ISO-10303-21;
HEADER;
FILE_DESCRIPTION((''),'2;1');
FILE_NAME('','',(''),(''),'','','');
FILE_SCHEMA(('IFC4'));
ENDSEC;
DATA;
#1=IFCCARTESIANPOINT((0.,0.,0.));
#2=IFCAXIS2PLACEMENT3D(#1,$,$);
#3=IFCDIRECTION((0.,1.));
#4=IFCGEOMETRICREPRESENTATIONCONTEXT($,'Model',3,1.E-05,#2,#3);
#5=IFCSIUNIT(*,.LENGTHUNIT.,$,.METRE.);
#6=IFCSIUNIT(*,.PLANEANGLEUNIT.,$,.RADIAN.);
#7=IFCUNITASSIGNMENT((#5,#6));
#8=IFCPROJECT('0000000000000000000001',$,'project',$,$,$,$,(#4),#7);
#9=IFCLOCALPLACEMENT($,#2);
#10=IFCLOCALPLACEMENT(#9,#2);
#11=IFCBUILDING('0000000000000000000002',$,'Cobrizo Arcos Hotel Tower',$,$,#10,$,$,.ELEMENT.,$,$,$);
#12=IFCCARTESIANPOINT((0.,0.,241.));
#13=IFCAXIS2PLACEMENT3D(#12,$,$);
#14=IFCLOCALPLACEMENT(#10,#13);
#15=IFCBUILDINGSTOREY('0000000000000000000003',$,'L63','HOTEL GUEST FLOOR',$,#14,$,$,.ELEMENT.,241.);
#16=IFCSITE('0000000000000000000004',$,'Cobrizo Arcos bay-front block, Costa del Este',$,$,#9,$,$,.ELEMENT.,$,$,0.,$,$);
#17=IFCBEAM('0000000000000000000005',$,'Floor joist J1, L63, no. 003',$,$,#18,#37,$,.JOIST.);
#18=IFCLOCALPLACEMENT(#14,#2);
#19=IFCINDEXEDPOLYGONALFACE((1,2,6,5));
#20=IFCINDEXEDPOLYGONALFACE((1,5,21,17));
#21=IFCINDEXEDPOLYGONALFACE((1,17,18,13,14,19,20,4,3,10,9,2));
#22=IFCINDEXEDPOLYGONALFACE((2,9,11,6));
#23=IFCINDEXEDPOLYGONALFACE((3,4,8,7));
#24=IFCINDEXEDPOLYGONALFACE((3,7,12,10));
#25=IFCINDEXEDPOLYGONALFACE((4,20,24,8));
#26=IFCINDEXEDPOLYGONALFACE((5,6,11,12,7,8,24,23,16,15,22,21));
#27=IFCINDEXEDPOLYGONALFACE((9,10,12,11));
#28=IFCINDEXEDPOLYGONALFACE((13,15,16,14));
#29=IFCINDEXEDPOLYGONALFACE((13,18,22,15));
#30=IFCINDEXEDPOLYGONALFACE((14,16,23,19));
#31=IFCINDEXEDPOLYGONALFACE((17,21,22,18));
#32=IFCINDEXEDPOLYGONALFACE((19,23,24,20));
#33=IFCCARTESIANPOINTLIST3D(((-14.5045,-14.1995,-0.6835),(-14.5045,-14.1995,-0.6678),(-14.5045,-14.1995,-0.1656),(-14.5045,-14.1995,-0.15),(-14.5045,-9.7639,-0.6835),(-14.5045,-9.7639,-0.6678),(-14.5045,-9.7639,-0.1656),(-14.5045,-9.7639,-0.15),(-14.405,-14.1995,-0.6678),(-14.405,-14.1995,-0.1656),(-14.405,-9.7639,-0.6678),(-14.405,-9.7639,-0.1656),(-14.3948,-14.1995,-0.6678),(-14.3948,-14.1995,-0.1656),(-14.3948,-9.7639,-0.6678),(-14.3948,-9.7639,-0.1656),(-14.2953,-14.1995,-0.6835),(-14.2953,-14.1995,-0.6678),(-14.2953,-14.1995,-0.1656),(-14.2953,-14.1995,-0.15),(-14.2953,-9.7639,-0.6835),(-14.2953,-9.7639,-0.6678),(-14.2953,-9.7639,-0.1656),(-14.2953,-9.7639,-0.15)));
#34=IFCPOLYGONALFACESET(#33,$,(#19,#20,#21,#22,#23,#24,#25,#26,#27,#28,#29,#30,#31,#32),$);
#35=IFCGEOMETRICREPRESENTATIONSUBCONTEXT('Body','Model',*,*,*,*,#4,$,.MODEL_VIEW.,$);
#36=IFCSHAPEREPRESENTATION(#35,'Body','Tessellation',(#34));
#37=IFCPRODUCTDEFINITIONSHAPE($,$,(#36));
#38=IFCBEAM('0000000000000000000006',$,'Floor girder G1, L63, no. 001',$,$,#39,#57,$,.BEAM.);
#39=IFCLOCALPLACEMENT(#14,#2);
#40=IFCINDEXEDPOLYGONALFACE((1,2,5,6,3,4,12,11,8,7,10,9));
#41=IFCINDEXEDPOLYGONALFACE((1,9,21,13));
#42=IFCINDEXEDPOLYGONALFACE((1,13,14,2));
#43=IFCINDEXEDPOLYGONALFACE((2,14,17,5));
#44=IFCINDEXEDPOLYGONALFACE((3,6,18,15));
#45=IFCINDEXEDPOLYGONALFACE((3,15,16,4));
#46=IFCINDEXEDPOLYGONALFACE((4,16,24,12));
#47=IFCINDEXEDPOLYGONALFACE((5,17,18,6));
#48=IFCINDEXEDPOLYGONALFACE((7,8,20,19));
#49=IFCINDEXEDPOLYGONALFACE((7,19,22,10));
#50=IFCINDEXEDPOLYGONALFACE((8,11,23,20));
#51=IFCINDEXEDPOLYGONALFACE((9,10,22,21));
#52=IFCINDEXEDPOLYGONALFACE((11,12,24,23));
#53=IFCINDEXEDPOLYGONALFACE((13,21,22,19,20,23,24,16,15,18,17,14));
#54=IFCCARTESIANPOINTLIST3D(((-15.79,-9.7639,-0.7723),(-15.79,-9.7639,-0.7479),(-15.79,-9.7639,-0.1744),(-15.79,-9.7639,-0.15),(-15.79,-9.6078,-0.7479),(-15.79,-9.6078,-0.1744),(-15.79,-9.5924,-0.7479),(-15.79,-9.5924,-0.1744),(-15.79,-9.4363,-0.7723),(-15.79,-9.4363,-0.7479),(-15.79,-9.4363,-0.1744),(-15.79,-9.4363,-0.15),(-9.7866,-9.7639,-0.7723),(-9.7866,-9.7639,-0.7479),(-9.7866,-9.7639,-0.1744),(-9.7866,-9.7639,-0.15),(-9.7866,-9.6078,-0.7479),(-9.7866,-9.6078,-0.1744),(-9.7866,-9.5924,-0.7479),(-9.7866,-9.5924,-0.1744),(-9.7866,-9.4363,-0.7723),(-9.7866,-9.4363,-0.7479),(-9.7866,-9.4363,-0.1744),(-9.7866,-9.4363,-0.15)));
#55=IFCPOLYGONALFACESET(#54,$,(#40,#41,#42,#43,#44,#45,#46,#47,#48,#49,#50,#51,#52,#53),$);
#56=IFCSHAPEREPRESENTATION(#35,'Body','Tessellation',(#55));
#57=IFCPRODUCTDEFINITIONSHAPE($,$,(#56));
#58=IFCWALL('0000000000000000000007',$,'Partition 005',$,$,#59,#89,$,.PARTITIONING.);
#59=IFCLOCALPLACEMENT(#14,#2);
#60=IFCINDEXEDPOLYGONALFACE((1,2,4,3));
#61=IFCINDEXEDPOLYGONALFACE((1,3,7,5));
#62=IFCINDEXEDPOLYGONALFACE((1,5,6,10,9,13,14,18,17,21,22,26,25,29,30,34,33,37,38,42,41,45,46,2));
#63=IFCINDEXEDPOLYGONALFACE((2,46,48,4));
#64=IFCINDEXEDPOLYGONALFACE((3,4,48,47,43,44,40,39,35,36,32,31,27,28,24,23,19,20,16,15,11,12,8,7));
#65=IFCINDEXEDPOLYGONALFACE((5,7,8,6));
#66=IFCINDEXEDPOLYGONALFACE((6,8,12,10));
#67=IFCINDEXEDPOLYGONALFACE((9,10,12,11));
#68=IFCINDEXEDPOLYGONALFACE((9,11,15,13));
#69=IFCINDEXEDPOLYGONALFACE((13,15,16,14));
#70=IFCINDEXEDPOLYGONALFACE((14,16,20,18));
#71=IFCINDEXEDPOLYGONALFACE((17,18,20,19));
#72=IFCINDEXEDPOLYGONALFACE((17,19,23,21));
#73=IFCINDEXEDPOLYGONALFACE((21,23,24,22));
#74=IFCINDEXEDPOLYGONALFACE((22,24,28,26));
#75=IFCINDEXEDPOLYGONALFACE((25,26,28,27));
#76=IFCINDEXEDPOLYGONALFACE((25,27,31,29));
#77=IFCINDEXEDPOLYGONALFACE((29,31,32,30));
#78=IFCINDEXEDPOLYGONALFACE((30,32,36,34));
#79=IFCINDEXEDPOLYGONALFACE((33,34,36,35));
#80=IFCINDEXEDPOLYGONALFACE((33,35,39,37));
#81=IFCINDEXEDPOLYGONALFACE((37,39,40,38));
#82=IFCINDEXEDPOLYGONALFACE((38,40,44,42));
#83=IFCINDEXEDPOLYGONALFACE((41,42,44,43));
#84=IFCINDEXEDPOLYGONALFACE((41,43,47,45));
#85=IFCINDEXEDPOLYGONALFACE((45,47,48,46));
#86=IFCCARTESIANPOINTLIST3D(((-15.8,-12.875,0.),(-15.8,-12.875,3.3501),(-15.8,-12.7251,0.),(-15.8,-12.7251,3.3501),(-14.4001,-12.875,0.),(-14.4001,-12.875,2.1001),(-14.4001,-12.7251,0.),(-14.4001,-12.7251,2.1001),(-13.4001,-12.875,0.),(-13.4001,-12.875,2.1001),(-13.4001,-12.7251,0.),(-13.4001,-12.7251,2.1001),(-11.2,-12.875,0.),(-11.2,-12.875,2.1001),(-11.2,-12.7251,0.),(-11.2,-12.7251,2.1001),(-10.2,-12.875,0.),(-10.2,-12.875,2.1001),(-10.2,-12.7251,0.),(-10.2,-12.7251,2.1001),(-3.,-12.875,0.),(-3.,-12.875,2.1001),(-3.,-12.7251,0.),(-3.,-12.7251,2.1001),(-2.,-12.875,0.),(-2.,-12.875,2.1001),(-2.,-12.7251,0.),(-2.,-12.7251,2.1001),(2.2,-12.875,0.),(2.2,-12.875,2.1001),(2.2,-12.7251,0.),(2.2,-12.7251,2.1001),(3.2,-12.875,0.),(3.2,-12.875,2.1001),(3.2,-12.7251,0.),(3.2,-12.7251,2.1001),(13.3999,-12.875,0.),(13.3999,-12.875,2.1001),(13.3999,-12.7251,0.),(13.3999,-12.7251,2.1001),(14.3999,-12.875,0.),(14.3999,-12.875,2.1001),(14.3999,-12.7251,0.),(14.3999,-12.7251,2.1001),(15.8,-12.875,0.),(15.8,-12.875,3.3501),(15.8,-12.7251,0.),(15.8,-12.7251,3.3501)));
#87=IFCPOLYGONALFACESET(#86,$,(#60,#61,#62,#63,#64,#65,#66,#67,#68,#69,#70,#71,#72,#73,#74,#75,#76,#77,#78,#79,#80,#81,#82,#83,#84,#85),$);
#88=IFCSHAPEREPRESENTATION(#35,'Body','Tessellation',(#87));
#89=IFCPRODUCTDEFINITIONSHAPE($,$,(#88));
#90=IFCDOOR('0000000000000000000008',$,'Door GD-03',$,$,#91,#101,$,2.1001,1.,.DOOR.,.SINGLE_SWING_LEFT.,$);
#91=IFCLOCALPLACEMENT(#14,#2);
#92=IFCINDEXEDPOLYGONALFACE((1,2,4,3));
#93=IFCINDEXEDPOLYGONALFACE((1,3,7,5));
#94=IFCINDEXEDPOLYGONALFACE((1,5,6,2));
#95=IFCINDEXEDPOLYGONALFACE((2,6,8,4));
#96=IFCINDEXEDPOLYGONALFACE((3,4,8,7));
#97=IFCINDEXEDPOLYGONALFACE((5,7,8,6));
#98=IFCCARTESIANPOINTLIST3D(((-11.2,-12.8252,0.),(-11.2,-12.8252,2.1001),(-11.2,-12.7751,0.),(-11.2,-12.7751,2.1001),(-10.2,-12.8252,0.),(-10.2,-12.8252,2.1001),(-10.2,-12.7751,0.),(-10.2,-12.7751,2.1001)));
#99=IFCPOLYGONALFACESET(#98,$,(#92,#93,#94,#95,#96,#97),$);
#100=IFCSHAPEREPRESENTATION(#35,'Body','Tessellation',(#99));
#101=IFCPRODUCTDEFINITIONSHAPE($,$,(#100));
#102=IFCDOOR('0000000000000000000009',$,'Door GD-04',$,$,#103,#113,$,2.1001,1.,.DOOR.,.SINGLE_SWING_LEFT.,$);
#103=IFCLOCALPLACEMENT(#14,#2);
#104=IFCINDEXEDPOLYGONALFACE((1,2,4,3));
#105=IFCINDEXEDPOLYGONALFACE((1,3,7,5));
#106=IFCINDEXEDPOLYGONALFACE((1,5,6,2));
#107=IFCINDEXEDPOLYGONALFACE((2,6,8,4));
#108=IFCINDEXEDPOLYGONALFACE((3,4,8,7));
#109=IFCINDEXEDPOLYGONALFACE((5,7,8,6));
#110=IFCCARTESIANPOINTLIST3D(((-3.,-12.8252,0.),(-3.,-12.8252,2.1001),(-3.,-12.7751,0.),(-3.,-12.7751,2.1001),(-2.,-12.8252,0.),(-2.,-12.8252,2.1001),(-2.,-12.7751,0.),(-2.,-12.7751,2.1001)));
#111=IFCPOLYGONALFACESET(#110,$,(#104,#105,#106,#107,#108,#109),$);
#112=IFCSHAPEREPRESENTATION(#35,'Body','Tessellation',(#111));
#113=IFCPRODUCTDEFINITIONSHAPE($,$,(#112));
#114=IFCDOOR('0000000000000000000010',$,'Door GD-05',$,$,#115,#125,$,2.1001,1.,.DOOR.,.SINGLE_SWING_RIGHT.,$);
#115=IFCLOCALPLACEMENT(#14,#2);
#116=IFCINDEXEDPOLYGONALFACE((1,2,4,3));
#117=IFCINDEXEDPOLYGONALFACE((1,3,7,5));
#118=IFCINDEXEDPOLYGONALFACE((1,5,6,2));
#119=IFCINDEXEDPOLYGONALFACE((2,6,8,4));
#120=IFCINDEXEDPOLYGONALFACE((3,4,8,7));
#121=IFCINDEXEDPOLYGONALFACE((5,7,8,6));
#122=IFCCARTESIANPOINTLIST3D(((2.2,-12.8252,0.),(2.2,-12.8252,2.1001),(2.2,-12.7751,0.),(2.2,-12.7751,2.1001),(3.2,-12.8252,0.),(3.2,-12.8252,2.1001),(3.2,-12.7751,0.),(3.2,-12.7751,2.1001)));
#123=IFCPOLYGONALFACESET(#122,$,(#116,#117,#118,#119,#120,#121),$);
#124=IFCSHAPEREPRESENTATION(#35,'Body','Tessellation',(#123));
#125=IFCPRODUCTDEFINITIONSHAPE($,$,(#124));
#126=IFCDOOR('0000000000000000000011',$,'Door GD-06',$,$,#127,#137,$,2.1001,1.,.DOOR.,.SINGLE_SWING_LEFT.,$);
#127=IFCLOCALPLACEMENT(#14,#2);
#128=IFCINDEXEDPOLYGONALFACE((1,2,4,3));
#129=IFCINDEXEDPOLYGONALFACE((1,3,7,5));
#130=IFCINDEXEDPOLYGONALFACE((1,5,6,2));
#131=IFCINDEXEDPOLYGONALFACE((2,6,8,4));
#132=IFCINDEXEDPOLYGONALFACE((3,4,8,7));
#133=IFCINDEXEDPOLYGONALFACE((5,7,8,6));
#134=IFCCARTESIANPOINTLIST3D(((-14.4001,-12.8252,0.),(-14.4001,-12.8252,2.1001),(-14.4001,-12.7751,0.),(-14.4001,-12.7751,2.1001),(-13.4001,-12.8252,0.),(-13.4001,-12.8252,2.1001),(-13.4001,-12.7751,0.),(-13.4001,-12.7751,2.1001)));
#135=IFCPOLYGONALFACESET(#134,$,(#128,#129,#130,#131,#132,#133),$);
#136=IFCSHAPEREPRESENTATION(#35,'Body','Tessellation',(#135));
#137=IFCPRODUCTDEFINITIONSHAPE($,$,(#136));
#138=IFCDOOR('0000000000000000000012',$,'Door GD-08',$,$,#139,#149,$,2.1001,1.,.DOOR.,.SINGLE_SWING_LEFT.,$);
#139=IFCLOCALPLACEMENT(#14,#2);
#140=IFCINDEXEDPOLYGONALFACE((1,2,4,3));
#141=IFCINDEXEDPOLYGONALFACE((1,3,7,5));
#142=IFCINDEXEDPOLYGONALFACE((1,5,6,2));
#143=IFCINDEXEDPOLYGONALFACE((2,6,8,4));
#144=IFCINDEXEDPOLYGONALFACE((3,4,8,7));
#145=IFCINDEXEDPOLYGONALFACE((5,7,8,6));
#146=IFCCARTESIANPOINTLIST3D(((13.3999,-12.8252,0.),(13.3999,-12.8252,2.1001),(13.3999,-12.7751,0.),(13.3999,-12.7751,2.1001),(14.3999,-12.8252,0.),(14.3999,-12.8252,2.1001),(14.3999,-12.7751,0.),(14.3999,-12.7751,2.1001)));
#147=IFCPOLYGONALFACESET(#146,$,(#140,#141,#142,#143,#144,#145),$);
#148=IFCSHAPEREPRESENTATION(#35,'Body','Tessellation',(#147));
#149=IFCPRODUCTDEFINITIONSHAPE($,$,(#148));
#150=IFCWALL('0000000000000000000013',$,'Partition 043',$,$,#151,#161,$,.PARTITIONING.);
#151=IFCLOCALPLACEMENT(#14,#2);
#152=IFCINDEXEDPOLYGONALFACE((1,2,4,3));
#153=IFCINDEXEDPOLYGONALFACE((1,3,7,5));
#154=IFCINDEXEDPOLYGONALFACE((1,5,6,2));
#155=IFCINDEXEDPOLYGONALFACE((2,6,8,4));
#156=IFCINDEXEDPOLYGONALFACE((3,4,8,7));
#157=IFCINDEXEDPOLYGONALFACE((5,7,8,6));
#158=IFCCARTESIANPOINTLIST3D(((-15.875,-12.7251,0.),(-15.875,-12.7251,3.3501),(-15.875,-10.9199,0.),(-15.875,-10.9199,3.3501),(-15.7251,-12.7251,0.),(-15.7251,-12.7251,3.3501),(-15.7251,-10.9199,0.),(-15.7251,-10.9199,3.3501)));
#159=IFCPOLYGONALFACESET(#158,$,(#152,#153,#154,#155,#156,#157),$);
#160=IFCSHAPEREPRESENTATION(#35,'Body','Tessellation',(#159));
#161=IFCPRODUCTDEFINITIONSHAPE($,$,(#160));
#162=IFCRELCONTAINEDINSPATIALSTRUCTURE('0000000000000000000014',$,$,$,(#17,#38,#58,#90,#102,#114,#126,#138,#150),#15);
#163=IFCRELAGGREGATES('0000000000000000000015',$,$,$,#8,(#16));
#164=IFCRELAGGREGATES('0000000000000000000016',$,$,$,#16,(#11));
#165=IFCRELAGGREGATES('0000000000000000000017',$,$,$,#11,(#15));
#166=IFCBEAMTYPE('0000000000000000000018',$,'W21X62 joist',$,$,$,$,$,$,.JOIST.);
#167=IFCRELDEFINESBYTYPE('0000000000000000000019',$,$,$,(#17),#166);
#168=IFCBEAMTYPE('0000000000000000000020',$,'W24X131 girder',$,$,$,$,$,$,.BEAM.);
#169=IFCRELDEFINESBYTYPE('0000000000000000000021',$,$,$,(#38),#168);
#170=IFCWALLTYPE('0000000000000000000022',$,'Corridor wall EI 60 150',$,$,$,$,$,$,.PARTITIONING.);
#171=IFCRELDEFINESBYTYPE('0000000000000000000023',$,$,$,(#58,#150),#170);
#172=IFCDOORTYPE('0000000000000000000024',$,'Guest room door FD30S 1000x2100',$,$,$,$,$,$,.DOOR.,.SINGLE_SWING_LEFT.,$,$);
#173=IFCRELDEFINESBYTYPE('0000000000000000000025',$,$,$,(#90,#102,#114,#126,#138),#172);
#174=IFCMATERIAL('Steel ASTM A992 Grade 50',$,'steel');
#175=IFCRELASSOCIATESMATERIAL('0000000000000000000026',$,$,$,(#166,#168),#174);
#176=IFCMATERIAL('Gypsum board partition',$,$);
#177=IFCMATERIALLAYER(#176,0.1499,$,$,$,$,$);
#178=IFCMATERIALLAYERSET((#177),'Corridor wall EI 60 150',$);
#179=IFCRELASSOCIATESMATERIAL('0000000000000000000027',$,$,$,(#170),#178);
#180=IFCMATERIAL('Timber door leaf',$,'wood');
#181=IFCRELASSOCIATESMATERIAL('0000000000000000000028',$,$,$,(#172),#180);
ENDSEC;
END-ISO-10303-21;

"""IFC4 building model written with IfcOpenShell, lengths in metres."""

from ifc_helpers import new_model, si_unit, direction, frame, frame_2d, origin, origin_2d, place, context, subcontext, project, spatial, rectangle, i_section, extrude, material, layer, layer_set, material_profile, profile_set, type_object, element, fill, save


model = new_model("IFC4")

# Units and contexts
model_context = context("Model", 3, precision=1e-05, world=origin(), true_north=direction((0.0, 1.0)))
body_context = subcontext(model_context, "Body", "Model", "MODEL_VIEW")
ifc_project = project(units=[si_unit("LENGTHUNIT", "METRE"), si_unit("PLANEANGLEUNIT", "RADIAN")], contexts=[model_context])

# Site, building, storey
site_placement = place(None, origin())
site = spatial("IfcSite", under=ifc_project, at=site_placement, Name="Cobrizo Arcos bay-front block, Costa del Este", CompositionType="ELEMENT", RefElevation=0.0)
building_placement = place(site_placement, origin())
building = spatial("IfcBuilding", under=site, at=building_placement, Name="Cobrizo Arcos Hotel Tower", CompositionType="ELEMENT")
storey_placement = place(building_placement, frame((0.0, 0.0, 241.0)))
storey = spatial("IfcBuildingStorey", under=building, at=storey_placement, Name="L63", Description="HOTEL GUEST FLOOR", CompositionType="ELEMENT", Elevation=241.0)

# Beams
ifc_material_1 = material(Name="Steel ASTM A992 Grade 50", Category="steel")
ifc_material_profile_1 = material_profile(ifc_material_1, i_section(OverallWidth=0.2092, OverallDepth=0.5334, WebThickness=0.0103, FlangeThickness=0.0156, at=origin_2d()), Name="W21X62")
ifc_profile_set_1 = profile_set([ifc_material_profile_1], Name="Steel ASTM A992 Grade 50")
beam_type_1 = type_object("IfcBeamType", Name="W21X62 joist", PredefinedType="JOIST", material=ifc_profile_set_1)
beam_1_placement = place(storey_placement, frame((-14.3999, -14.1995, -0.4167), z_axis=(0.0, 1.0, 0.0), x_axis=(-1.0, 0.0, 0.0)))
element("IfcBeam", 1, at=beam_1_placement, inside=storey, type_object=beam_type_1, Name="Floor joist J1, L63, no. 003", PredefinedType="JOIST", context=body_context, shape_type="SweptSolid", body=[
    extrude(i_section(OverallWidth=0.2092, OverallDepth=0.5334, WebThickness=0.0103, FlangeThickness=0.0156, at=origin_2d()), origin(), (0.0, 0.0, 1.0), 4.4355),
])
ifc_material_profile_2 = material_profile(ifc_material_1, i_section(OverallWidth=0.3276, OverallDepth=0.6223, WebThickness=0.0154, FlangeThickness=0.0244, at=origin_2d()), Name="W24X131")
ifc_profile_set_2 = profile_set([ifc_material_profile_2], Name="Steel ASTM A992 Grade 50")
beam_type_2 = type_object("IfcBeamType", Name="W24X131 girder", PredefinedType="BEAM", material=ifc_profile_set_2)
beam_2_placement = place(storey_placement, frame((-15.79, -9.6001, -0.4612), z_axis=(1.0, 0.0, 0.0), x_axis=(0.0, 1.0, 0.0)))
element("IfcBeam", 2, at=beam_2_placement, inside=storey, type_object=beam_type_2, Name="Floor girder G1, L63, no. 001", PredefinedType="BEAM", context=body_context, shape_type="SweptSolid", body=[
    extrude(i_section(OverallWidth=0.3276, OverallDepth=0.6223, WebThickness=0.0154, FlangeThickness=0.0244, at=origin_2d()), origin(), (0.0, 0.0, 1.0), 6.0034),
])

# Wall, openings, doors
ifc_material_2 = material(Name="Gypsum board partition")
ifc_layer_1 = layer(ifc_material_2, 0.1499)
ifc_layer_set_1 = layer_set([ifc_layer_1], Name="Corridor wall EI 60 150")
wall_type_1 = type_object("IfcWallType", Name="Corridor wall EI 60 150", PredefinedType="PARTITIONING", material=ifc_layer_set_1)
wall_1_placement = place(storey_placement, frame((-15.8, -12.8, 0.0), z_axis=(0.0, 0.0, 1.0), x_axis=(1.0, 0.0, 0.0)))
wall_1 = element("IfcWall", 3, at=wall_1_placement, inside=storey, type_object=wall_type_1, Name="Partition 005", PredefinedType="PARTITIONING", context=body_context, shape_type="SweptSolid", body=[
    extrude(rectangle(XDim=31.6001, YDim=0.1499, at=frame_2d((15.8, 0.0))), origin(), (0.0, 0.0, 1.0), 3.3501),
])
opening_1_placement = place(wall_1_placement, frame((4.6001, 0.0, 0.0)))
opening_1 = element("IfcOpeningElement", 4, at=opening_1_placement, cuts=wall_1, PredefinedType="OPENING", context=body_context, shape_type="SweptSolid", body=[
    extrude(rectangle(XDim=1.0, YDim=2.1001, at=frame_2d((0.5, 1.05))), frame((0.0, 0.0869, 0.0), z_axis=(0.0, -1.0, 0.0), x_axis=(1.0, 0.0, 0.0)), (0.0, 0.0, 1.0), 0.1738),
])
opening_2_placement = place(wall_1_placement, frame((12.8, 0.0, 0.0)))
opening_2 = element("IfcOpeningElement", 5, at=opening_2_placement, cuts=wall_1, PredefinedType="OPENING", context=body_context, shape_type="SweptSolid", body=[
    extrude(rectangle(XDim=1.0, YDim=2.1001, at=frame_2d((0.5, 1.05))), frame((0.0, 0.0869, 0.0), z_axis=(0.0, -1.0, 0.0), x_axis=(1.0, 0.0, 0.0)), (0.0, 0.0, 1.0), 0.1738),
])
opening_3_placement = place(wall_1_placement, frame((18.0, 0.0, 0.0)))
opening_3 = element("IfcOpeningElement", 6, at=opening_3_placement, cuts=wall_1, PredefinedType="OPENING", context=body_context, shape_type="SweptSolid", body=[
    extrude(rectangle(XDim=1.0, YDim=2.1001, at=frame_2d((0.5, 1.05))), frame((0.0, 0.0869, 0.0), z_axis=(0.0, -1.0, 0.0), x_axis=(1.0, 0.0, 0.0)), (0.0, 0.0, 1.0), 0.1738),
])
opening_4_placement = place(wall_1_placement, frame((1.3999, 0.0, 0.0)))
opening_4 = element("IfcOpeningElement", 7, at=opening_4_placement, cuts=wall_1, PredefinedType="OPENING", context=body_context, shape_type="SweptSolid", body=[
    extrude(rectangle(XDim=1.0, YDim=2.1001, at=frame_2d((0.5, 1.05))), frame((0.0, 0.0869, 0.0), z_axis=(0.0, -1.0, 0.0), x_axis=(1.0, 0.0, 0.0)), (0.0, 0.0, 1.0), 0.1738),
])
opening_5_placement = place(wall_1_placement, frame((29.2, 0.0, 0.0)))
opening_5 = element("IfcOpeningElement", 8, at=opening_5_placement, cuts=wall_1, PredefinedType="OPENING", context=body_context, shape_type="SweptSolid", body=[
    extrude(rectangle(XDim=1.0, YDim=2.1001, at=frame_2d((0.5, 1.05))), frame((0.0, 0.0869, 0.0), z_axis=(0.0, -1.0, 0.0), x_axis=(1.0, 0.0, 0.0)), (0.0, 0.0, 1.0), 0.1738),
])
ifc_material_3 = material(Name="Timber door leaf", Category="wood")
door_type_1 = type_object("IfcDoorType", Name="Guest room door FD30S 1000x2100", OperationType="SINGLE_SWING_LEFT", PredefinedType="DOOR", material=ifc_material_3)
door_1_placement = place(opening_1_placement, origin())
door_1 = element("IfcDoor", 9, at=door_1_placement, inside=storey, type_object=door_type_1, Name="Door GD-03", OperationType="SINGLE_SWING_LEFT", OverallHeight=2.1001, OverallWidth=1.0, PredefinedType="DOOR", context=body_context, shape_type="SweptSolid", body=[
    extrude(rectangle(XDim=1.0, YDim=2.1001, at=frame_2d((0.5, 1.05))), frame((0.0, 0.0249, 0.0), z_axis=(0.0, -1.0, 0.0), x_axis=(1.0, 0.0, 0.0)), (0.0, 0.0, 1.0), 0.05),
])
fill(opening_1, door_1)
door_2_placement = place(opening_2_placement, origin())
door_2 = element("IfcDoor", 10, at=door_2_placement, inside=storey, type_object=door_type_1, Name="Door GD-04", OperationType="SINGLE_SWING_LEFT", OverallHeight=2.1001, OverallWidth=1.0, PredefinedType="DOOR", context=body_context, shape_type="SweptSolid", body=[
    extrude(rectangle(XDim=1.0, YDim=2.1001, at=frame_2d((0.5, 1.05))), frame((0.0, 0.0249, 0.0), z_axis=(0.0, -1.0, 0.0), x_axis=(1.0, 0.0, 0.0)), (0.0, 0.0, 1.0), 0.05),
])
fill(opening_2, door_2)
door_3_placement = place(opening_3_placement, origin())
door_3 = element("IfcDoor", 11, at=door_3_placement, inside=storey, type_object=door_type_1, Name="Door GD-05", OperationType="SINGLE_SWING_RIGHT", OverallHeight=2.1001, OverallWidth=1.0, PredefinedType="DOOR", context=body_context, shape_type="SweptSolid", body=[
    extrude(rectangle(XDim=1.0, YDim=2.1001, at=frame_2d((0.5, 1.05))), frame((0.0, 0.0249, 0.0), z_axis=(0.0, -1.0, 0.0), x_axis=(1.0, 0.0, 0.0)), (0.0, 0.0, 1.0), 0.05),
])
fill(opening_3, door_3)
door_4_placement = place(opening_4_placement, origin())
door_4 = element("IfcDoor", 12, at=door_4_placement, inside=storey, type_object=door_type_1, Name="Door GD-06", OperationType="SINGLE_SWING_LEFT", OverallHeight=2.1001, OverallWidth=1.0, PredefinedType="DOOR", context=body_context, shape_type="SweptSolid", body=[
    extrude(rectangle(XDim=1.0, YDim=2.1001, at=frame_2d((0.5, 1.05))), frame((0.0, 0.0249, 0.0), z_axis=(0.0, -1.0, 0.0), x_axis=(1.0, 0.0, 0.0)), (0.0, 0.0, 1.0), 0.05),
])
fill(opening_4, door_4)
door_5_placement = place(opening_5_placement, origin())
door_5 = element("IfcDoor", 13, at=door_5_placement, inside=storey, type_object=door_type_1, Name="Door GD-08", OperationType="SINGLE_SWING_LEFT", OverallHeight=2.1001, OverallWidth=1.0, PredefinedType="DOOR", context=body_context, shape_type="SweptSolid", body=[
    extrude(rectangle(XDim=1.0, YDim=2.1001, at=frame_2d((0.5, 1.05))), frame((0.0, 0.0249, 0.0), z_axis=(0.0, -1.0, 0.0), x_axis=(1.0, 0.0, 0.0)), (0.0, 0.0, 1.0), 0.05),
])
fill(opening_5, door_5)

# Wall
wall_2_placement = place(storey_placement, frame((-15.8, -12.7251, 0.0), z_axis=(0.0, 0.0, 1.0), x_axis=(0.0, 1.0, 0.0)))
element("IfcWall", 14, at=wall_2_placement, inside=storey, type_object=wall_type_1, Name="Partition 043", PredefinedType="PARTITIONING", context=body_context, shape_type="SweptSolid", body=[
    extrude(rectangle(XDim=1.8052, YDim=0.1499, at=frame_2d((0.9026, 0.0))), origin(), (0.0, 0.0, 1.0), 3.3501),
])

save(model, "model.ifc")
